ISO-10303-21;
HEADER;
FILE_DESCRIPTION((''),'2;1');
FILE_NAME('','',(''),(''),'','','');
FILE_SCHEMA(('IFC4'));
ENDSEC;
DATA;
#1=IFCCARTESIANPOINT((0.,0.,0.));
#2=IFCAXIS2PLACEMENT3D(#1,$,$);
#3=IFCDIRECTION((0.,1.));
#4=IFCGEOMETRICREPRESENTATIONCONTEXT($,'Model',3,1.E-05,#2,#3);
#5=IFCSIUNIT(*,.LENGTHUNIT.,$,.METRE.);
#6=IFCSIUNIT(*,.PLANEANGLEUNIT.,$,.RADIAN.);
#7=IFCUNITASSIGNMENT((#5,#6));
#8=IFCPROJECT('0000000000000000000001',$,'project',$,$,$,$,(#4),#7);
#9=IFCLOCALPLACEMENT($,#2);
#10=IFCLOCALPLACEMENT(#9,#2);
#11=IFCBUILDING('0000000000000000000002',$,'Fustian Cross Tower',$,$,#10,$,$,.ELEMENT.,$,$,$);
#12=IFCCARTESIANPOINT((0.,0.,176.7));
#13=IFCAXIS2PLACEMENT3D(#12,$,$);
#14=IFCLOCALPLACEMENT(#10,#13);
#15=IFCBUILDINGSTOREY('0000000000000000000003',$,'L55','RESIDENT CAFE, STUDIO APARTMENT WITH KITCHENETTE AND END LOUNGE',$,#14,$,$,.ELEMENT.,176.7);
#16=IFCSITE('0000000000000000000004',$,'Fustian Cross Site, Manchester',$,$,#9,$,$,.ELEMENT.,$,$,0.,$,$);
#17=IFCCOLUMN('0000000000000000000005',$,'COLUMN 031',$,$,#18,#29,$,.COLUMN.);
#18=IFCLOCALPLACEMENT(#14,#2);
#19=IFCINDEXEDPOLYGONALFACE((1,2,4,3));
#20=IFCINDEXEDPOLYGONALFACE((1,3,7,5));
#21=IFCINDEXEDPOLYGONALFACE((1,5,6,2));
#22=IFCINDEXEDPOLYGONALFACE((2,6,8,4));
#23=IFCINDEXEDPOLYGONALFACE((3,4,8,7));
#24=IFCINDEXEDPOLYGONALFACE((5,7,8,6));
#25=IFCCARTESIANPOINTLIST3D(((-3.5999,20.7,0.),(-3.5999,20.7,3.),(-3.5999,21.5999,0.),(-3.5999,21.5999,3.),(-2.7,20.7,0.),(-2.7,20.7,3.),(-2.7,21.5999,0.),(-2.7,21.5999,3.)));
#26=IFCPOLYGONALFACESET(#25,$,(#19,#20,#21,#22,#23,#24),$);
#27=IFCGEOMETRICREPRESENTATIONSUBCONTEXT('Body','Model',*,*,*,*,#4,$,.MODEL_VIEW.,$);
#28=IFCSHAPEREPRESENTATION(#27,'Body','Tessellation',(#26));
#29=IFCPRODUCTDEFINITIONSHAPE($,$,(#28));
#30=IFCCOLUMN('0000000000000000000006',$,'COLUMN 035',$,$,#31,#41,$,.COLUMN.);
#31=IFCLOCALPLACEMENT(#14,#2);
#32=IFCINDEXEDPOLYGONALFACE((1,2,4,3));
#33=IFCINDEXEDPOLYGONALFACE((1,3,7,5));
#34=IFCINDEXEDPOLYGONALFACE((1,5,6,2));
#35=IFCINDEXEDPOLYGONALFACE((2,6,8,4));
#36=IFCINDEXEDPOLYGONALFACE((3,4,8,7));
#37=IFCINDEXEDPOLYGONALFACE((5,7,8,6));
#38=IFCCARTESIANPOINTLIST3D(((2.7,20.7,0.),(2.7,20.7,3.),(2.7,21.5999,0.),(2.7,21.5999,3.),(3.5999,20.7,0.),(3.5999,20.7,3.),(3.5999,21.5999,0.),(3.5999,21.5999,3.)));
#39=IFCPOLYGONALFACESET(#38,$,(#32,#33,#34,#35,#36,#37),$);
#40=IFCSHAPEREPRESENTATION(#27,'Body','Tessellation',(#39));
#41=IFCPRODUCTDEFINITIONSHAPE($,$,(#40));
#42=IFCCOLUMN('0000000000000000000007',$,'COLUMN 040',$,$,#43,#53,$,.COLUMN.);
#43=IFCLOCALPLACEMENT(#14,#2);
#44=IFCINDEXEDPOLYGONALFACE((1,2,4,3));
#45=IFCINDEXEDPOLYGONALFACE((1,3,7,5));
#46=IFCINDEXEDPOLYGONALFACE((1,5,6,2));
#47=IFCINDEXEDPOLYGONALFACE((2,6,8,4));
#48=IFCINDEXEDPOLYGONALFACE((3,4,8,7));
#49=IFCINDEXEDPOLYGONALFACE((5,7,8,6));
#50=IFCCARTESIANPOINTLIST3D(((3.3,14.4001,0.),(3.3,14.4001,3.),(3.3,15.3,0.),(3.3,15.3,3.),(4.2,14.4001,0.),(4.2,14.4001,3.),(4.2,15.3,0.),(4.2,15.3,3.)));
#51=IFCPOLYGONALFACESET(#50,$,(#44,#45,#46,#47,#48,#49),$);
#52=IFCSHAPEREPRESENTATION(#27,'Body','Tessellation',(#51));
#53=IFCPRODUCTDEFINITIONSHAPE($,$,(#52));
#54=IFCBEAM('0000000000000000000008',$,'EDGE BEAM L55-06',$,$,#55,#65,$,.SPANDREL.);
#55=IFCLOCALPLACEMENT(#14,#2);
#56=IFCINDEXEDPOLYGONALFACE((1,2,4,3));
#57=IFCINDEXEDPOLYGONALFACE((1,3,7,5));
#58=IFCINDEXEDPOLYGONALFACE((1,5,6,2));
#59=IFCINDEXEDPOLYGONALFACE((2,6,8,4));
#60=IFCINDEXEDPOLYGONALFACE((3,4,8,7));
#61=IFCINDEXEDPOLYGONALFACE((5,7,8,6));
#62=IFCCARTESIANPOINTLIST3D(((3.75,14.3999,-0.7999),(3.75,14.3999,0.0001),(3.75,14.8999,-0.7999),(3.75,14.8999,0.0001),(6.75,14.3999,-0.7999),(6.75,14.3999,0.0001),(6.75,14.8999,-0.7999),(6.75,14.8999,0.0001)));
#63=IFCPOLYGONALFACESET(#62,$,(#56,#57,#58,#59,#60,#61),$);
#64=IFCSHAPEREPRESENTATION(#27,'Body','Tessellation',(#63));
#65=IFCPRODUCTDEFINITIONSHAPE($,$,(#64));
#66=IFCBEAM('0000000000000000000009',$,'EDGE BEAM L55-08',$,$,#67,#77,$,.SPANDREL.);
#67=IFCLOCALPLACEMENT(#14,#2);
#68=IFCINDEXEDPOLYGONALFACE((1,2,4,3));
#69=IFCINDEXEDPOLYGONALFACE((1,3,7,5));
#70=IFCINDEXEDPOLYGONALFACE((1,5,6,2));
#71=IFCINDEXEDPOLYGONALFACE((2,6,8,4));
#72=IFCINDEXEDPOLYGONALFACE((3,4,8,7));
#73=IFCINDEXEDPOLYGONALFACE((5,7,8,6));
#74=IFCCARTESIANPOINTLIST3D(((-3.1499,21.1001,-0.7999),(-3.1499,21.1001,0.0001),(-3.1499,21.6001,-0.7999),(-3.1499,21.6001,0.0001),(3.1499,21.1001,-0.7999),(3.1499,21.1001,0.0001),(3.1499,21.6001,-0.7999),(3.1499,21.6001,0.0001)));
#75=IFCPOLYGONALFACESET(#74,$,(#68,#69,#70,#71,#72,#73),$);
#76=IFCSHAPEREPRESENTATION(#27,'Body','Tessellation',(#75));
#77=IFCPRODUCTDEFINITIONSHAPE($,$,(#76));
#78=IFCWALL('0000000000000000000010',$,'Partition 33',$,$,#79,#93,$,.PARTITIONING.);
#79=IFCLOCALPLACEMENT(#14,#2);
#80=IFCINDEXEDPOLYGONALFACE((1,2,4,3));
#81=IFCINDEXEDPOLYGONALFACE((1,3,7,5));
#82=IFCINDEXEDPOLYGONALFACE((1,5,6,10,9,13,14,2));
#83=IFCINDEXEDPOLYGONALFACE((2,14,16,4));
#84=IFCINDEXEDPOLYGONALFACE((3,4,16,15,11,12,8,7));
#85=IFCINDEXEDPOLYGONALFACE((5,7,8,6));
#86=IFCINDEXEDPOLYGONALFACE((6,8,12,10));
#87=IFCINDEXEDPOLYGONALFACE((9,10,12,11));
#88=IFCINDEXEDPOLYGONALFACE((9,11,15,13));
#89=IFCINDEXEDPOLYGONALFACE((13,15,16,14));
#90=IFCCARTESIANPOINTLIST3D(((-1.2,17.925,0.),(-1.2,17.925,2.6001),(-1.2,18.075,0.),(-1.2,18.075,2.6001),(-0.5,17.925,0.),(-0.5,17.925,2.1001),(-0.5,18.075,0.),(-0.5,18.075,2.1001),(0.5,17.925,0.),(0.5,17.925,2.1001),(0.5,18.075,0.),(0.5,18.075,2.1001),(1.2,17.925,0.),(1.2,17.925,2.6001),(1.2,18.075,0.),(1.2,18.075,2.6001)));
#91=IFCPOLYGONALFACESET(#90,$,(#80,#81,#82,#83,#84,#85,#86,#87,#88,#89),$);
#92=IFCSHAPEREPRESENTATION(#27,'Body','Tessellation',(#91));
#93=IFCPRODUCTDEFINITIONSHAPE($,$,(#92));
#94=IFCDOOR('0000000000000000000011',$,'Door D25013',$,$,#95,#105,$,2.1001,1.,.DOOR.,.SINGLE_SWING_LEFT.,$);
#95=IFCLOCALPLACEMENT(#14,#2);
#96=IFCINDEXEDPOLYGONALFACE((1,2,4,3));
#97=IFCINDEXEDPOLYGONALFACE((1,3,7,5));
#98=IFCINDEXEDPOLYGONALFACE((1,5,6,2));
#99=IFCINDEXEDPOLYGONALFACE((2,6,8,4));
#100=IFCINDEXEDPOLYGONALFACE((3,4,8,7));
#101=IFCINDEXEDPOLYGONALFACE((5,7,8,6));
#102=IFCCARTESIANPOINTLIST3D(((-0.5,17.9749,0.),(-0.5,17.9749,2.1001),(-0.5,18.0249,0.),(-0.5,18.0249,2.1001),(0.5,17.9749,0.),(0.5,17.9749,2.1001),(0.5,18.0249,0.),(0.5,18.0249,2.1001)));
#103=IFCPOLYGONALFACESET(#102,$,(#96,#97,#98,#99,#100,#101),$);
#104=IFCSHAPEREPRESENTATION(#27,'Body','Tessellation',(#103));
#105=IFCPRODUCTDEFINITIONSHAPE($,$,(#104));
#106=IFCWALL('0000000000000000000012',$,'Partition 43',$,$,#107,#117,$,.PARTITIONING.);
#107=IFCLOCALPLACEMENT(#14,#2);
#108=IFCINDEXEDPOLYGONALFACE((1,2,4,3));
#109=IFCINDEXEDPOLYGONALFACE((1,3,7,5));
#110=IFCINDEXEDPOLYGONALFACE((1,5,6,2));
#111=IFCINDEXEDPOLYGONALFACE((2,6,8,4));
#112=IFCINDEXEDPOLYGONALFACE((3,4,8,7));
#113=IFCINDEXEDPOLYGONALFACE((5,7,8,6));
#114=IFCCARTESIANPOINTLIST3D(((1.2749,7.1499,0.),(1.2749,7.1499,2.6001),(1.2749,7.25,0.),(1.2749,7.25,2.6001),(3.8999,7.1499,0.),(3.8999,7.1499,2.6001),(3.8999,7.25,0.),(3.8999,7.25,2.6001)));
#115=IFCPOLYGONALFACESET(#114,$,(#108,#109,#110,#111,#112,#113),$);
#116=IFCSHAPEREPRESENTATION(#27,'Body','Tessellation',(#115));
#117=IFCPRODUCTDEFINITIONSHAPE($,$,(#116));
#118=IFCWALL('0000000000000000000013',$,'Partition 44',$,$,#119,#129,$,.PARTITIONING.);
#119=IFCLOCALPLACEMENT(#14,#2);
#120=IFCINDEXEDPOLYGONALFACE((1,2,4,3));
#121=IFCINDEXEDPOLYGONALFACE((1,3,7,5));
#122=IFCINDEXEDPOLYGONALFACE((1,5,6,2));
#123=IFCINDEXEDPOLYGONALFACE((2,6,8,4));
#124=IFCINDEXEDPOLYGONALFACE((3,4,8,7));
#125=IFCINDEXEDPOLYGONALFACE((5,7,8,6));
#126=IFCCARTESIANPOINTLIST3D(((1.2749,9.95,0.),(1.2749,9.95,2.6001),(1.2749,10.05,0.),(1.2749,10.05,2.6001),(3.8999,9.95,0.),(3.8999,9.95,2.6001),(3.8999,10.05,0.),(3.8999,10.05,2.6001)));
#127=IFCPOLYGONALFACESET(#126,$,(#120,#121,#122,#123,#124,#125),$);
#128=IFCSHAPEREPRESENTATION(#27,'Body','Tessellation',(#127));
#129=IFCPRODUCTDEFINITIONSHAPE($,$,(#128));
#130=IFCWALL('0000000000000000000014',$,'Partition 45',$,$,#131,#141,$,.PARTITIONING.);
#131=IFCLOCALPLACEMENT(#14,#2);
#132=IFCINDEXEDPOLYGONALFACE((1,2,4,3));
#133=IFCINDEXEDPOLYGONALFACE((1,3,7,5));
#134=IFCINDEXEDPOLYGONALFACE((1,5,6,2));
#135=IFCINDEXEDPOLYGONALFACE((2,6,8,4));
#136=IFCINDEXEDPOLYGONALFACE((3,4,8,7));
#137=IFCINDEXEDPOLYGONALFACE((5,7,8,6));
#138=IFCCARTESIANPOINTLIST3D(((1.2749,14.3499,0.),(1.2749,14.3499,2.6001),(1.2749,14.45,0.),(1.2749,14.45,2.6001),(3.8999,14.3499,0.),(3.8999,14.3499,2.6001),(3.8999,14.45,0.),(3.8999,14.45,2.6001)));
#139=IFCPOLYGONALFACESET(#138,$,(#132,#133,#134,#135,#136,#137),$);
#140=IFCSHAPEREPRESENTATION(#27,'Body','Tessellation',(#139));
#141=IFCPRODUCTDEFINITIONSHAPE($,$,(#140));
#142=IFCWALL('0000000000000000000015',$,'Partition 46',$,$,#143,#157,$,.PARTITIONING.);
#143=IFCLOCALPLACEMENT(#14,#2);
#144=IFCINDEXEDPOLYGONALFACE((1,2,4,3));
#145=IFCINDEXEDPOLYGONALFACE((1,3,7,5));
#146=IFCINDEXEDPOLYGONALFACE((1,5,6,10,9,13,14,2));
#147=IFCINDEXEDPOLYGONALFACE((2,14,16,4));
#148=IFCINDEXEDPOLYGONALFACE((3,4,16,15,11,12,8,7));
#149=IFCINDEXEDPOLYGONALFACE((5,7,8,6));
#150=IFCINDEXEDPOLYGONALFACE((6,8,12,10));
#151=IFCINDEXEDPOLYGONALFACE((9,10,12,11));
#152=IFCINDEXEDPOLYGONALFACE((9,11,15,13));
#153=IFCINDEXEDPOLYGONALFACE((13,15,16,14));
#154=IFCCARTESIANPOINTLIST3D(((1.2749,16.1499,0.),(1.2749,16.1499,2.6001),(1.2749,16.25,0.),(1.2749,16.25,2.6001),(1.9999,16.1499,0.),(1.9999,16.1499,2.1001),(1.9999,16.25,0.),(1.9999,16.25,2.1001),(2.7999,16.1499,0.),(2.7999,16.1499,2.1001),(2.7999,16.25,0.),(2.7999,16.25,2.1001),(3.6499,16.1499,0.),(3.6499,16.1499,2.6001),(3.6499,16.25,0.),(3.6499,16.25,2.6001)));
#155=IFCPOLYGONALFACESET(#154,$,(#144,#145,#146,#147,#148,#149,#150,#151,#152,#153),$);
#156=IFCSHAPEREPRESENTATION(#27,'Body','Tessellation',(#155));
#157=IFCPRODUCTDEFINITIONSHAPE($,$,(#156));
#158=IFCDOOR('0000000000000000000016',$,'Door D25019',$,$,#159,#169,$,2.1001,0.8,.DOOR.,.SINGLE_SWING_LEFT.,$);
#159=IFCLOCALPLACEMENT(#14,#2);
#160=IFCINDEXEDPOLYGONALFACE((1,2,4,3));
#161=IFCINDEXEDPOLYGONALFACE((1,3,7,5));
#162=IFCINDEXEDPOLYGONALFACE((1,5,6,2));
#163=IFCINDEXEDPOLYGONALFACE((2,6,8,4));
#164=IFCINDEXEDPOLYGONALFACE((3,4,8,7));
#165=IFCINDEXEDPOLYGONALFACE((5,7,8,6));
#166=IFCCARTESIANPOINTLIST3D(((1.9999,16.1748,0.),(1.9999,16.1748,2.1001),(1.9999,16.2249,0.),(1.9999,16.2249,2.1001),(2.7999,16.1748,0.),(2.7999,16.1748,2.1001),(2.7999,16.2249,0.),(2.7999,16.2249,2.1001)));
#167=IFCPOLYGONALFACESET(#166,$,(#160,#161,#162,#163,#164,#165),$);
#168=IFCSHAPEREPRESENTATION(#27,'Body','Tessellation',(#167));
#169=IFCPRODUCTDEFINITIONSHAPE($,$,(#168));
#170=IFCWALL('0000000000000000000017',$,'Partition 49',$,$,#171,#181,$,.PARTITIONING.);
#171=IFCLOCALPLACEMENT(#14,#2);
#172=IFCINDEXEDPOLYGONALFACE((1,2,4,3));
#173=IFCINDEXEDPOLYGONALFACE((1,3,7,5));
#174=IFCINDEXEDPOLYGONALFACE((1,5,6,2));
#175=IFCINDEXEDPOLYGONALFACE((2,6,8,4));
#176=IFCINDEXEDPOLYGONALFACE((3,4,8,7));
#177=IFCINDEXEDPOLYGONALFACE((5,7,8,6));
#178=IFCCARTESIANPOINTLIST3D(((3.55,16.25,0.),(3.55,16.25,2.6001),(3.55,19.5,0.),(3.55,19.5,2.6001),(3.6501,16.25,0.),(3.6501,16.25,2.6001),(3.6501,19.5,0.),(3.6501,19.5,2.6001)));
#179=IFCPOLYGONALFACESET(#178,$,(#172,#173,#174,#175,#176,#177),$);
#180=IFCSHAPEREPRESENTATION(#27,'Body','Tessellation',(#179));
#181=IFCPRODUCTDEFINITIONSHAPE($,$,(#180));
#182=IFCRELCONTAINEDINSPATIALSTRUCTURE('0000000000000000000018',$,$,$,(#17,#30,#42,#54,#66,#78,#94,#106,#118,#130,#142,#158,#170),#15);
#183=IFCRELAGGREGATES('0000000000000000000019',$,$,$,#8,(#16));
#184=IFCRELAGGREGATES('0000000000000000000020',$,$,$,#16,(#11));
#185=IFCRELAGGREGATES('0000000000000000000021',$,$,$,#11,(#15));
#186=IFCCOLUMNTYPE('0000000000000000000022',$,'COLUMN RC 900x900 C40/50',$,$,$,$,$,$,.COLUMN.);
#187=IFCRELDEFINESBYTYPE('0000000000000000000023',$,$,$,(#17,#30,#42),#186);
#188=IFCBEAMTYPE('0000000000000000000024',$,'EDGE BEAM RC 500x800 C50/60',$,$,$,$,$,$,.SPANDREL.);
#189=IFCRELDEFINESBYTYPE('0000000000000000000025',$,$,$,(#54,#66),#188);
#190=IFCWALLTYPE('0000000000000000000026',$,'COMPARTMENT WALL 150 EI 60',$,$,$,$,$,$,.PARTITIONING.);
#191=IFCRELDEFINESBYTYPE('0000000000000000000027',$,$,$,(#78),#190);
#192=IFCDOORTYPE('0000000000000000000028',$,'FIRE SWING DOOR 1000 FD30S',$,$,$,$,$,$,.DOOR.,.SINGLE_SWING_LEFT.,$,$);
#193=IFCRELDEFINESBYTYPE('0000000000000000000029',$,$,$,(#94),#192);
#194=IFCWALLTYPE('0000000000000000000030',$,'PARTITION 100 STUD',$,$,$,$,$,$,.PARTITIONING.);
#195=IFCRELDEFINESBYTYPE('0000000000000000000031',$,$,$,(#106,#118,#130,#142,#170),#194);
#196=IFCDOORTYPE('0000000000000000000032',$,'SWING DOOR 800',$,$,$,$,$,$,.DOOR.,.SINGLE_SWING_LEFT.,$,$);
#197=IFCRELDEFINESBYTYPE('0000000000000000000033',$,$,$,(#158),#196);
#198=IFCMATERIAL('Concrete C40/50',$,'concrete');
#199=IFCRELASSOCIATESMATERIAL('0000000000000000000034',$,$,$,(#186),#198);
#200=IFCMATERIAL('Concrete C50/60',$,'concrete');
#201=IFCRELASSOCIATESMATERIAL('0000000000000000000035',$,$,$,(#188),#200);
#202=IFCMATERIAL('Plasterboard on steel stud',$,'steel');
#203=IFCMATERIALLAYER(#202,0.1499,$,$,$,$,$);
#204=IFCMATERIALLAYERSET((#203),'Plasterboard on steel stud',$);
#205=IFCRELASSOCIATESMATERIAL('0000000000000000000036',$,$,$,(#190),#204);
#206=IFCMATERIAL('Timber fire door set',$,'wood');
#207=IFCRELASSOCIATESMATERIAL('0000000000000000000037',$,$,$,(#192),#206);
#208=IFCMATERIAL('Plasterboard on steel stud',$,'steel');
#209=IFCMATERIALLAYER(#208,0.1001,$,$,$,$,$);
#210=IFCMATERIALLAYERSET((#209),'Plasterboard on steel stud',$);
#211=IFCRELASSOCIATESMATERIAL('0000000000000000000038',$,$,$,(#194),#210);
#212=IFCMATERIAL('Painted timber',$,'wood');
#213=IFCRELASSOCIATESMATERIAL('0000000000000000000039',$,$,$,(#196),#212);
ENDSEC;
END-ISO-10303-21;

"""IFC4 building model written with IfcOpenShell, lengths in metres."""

from ifc_helpers import new_model, si_unit, direction, frame, frame_2d, origin, origin_2d, place, context, subcontext, project, spatial, rectangle, extrude, material, layer, layer_set, material_profile, profile_set, type_object, element, fill, save


model = new_model("IFC4")

# Units and contexts
model_context = context("Model", 3, precision=1e-05, world=origin(), true_north=direction((0.0, 1.0)))
body_context = subcontext(model_context, "Body", "Model", "MODEL_VIEW")
ifc_project = project(units=[si_unit("LENGTHUNIT", "METRE"), si_unit("PLANEANGLEUNIT", "RADIAN")], contexts=[model_context])

# Site, building, storey
site_placement = place(None, origin())
site = spatial("IfcSite", under=ifc_project, at=site_placement, Name="Fustian Cross Site, Manchester", CompositionType="ELEMENT", RefElevation=0.0)
building_placement = place(site_placement, origin())
building = spatial("IfcBuilding", under=site, at=building_placement, Name="Fustian Cross Tower", CompositionType="ELEMENT")
storey_placement = place(building_placement, frame((0.0, 0.0, 176.7)))
storey = spatial("IfcBuildingStorey", under=building, at=storey_placement, Name="L55", Description="RESIDENT CAFE, STUDIO APARTMENT WITH KITCHENETTE AND END LOUNGE", CompositionType="ELEMENT", Elevation=176.7)

# Columns
ifc_material_1 = material(Name="Concrete C40/50", Category="concrete")
ifc_material_profile_1 = material_profile(ifc_material_1, rectangle(XDim=0.8999, YDim=0.8999, at=origin_2d()), Name="RC 900x900")
ifc_profile_set_1 = profile_set([ifc_material_profile_1], Name="Concrete C40/50")
column_type = type_object("IfcColumnType", Name="COLUMN RC 900x900 C40/50", PredefinedType="COLUMN", material=ifc_profile_set_1)
for number, where, z_axis, x_axis, name in (
    (1, (-3.1499, 21.1499, 0.0), (0.0, 0.0, 1.0), (1.0, 0.0, 0.0), "COLUMN 031"),
    (2, (3.1499, 21.1499, 0.0), (0.0, 0.0, 1.0), (1.0, 0.0, 0.0), "COLUMN 035"),
    (3, (3.75, 14.8501, 0.0), (0.0, 0.0, 1.0), (1.0, 0.0, 0.0), "COLUMN 040"),
):
    element("IfcColumn", number, at=place(storey_placement, frame(where, z_axis=z_axis, x_axis=x_axis)), inside=storey, type_object=column_type, Name=name, PredefinedType="COLUMN", context=body_context, shape_type="SweptSolid", body=[
        extrude(rectangle(XDim=0.8999, YDim=0.8999, at=origin_2d()), origin(), (0.0, 0.0, 1.0), 3.0),
    ])

# Beams
ifc_material_2 = material(Name="Concrete C50/60", Category="concrete")
ifc_material_profile_2 = material_profile(ifc_material_2, rectangle(XDim=0.5, YDim=0.8, at=origin_2d()), Name="RC 500x800")
ifc_profile_set_2 = profile_set([ifc_material_profile_2], Name="Concrete C50/60")
beam_type = type_object("IfcBeamType", Name="EDGE BEAM RC 500x800 C50/60", PredefinedType="SPANDREL", material=ifc_profile_set_2)
beam_1_placement = place(storey_placement, frame((3.75, 14.6499, -0.3999), z_axis=(1.0, 0.0, 0.0), x_axis=(0.0, 1.0, 0.0)))
element("IfcBeam", 4, at=beam_1_placement, inside=storey, type_object=beam_type, Name="EDGE BEAM L55-06", PredefinedType="SPANDREL", context=body_context, shape_type="SweptSolid", body=[
    extrude(rectangle(XDim=0.5, YDim=0.8, at=origin_2d()), origin(), (0.0, 0.0, 1.0), 3.0),
])
beam_2_placement = place(storey_placement, frame((3.1499, 21.3501, -0.3999), z_axis=(-1.0, 0.0, 0.0), x_axis=(0.0, -1.0, 0.0)))
element("IfcBeam", 5, at=beam_2_placement, inside=storey, type_object=beam_type, Name="EDGE BEAM L55-08", PredefinedType="SPANDREL", context=body_context, shape_type="SweptSolid", body=[
    extrude(rectangle(XDim=0.5, YDim=0.8, at=origin_2d()), origin(), (0.0, 0.0, 1.0), 6.2998),
])

# Wall, opening, door
ifc_material_3 = material(Name="Plasterboard on steel stud", Category="steel")
ifc_layer_1 = layer(ifc_material_3, 0.1499)
ifc_layer_set_1 = layer_set([ifc_layer_1], Name="Plasterboard on steel stud")
wall_type_1 = type_object("IfcWallType", Name="COMPARTMENT WALL 150 EI 60", PredefinedType="PARTITIONING", material=ifc_layer_set_1)
wall_1_placement = place(storey_placement, frame((-1.2, 18.0, 0.0), z_axis=(0.0, 0.0, 1.0), x_axis=(1.0, 0.0, 0.0)))
wall_1 = element("IfcWall", 6, at=wall_1_placement, inside=storey, type_object=wall_type_1, Name="Partition 33", PredefinedType="PARTITIONING", context=body_context, shape_type="SweptSolid", body=[
    extrude(rectangle(XDim=2.3999, YDim=0.1499, at=frame_2d((1.2, 0.0))), origin(), (0.0, 0.0, 1.0), 2.6001),
])
opening_1_placement = place(wall_1_placement, frame((0.7, 0.0, 0.0)))
opening_1 = element("IfcOpeningElement", 7, at=opening_1_placement, cuts=wall_1, PredefinedType="OPENING", context=body_context, shape_type="SweptSolid", body=[
    extrude(rectangle(XDim=1.0, YDim=2.1001, at=frame_2d((0.5, 1.05))), frame((0.0, 0.085, 0.0), z_axis=(0.0, -1.0, 0.0), x_axis=(1.0, 0.0, 0.0)), (0.0, 0.0, 1.0), 0.1699),
])
ifc_material_4 = material(Name="Timber fire door set", Category="wood")
door_type_1 = type_object("IfcDoorType", Name="FIRE SWING DOOR 1000 FD30S", OperationType="SINGLE_SWING_LEFT", PredefinedType="DOOR", material=ifc_material_4)
door_1_placement = place(opening_1_placement, origin())
door_1 = element("IfcDoor", 8, at=door_1_placement, inside=storey, type_object=door_type_1, Name="Door D25013", OperationType="SINGLE_SWING_LEFT", OverallHeight=2.1001, OverallWidth=1.0, PredefinedType="DOOR", context=body_context, shape_type="SweptSolid", body=[
    extrude(rectangle(XDim=1.0, YDim=2.1001, at=frame_2d((0.5, 1.05))), frame((0.0, 0.0249, 0.0), z_axis=(0.0, -1.0, 0.0), x_axis=(1.0, 0.0, 0.0)), (0.0, 0.0, 1.0), 0.05),
])
fill(opening_1, door_1)

# Walls
ifc_material_5 = material(Name="Plasterboard on steel stud", Category="steel")
ifc_layer_2 = layer(ifc_material_5, 0.1001)
ifc_layer_set_2 = layer_set([ifc_layer_2], Name="Plasterboard on steel stud")
wall_type_2 = type_object("IfcWallType", Name="PARTITION 100 STUD", PredefinedType="PARTITIONING", material=ifc_layer_set_2)
for number, where, z_axis, x_axis, name in (
    (9, (1.2749, 7.2, 0.0), (0.0, 0.0, 1.0), (1.0, 0.0, 0.0), "Partition 43"),
    (10, (1.2749, 10.0, 0.0), (0.0, 0.0, 1.0), (1.0, 0.0, 0.0), "Partition 44"),
    (11, (1.2749, 14.3999, 0.0), (0.0, 0.0, 1.0), (1.0, 0.0, 0.0), "Partition 45"),
):
    element("IfcWall", number, at=place(storey_placement, frame(where, z_axis=z_axis, x_axis=x_axis)), inside=storey, type_object=wall_type_2, Name=name, PredefinedType="PARTITIONING", context=body_context, shape_type="SweptSolid", body=[
        extrude(rectangle(XDim=2.625, YDim=0.1001, at=frame_2d((1.3125, 0.0))), origin(), (0.0, 0.0, 1.0), 2.6001),
    ])

# Wall, opening, door
wall_2_placement = place(storey_placement, frame((1.2749, 16.2, 0.0), z_axis=(0.0, 0.0, 1.0), x_axis=(1.0, 0.0, 0.0)))
wall_2 = element("IfcWall", 12, at=wall_2_placement, inside=storey, type_object=wall_type_2, Name="Partition 46", PredefinedType="PARTITIONING", context=body_context, shape_type="SweptSolid", body=[
    extrude(rectangle(XDim=2.375, YDim=0.1001, at=frame_2d((1.1875, 0.0))), origin(), (0.0, 0.0, 1.0), 2.6001),
])
opening_2_placement = place(wall_2_placement, frame((0.7251, 0.0, 0.0)))
opening_2 = element("IfcOpeningElement", 13, at=opening_2_placement, cuts=wall_2, PredefinedType="OPENING", context=body_context, shape_type="SweptSolid", body=[
    extrude(rectangle(XDim=0.8, YDim=2.1001, at=frame_2d((0.3999, 1.05))), frame((0.0, 0.0601, 0.0), z_axis=(0.0, -1.0, 0.0), x_axis=(1.0, 0.0, 0.0)), (0.0, 0.0, 1.0), 0.1201),
])
ifc_material_6 = material(Name="Painted timber", Category="wood")
door_type_2 = type_object("IfcDoorType", Name="SWING DOOR 800", OperationType="SINGLE_SWING_LEFT", PredefinedType="DOOR", material=ifc_material_6)
door_2_placement = place(opening_2_placement, origin())
door_2 = element("IfcDoor", 14, at=door_2_placement, inside=storey, type_object=door_type_2, Name="Door D25019", OperationType="SINGLE_SWING_LEFT", OverallHeight=2.1001, OverallWidth=0.8, PredefinedType="DOOR", context=body_context, shape_type="SweptSolid", body=[
    extrude(rectangle(XDim=0.8, YDim=2.1001, at=frame_2d((0.3999, 1.05))), frame((0.0, 0.0249, 0.0), z_axis=(0.0, -1.0, 0.0), x_axis=(1.0, 0.0, 0.0)), (0.0, 0.0, 1.0), 0.05),
])
fill(opening_2, door_2)

# Wall
wall_3_placement = place(storey_placement, frame((3.6001, 16.25, 0.0), z_axis=(0.0, 0.0, 1.0), x_axis=(0.0, 1.0, 0.0)))
element("IfcWall", 15, at=wall_3_placement, inside=storey, type_object=wall_type_2, Name="Partition 49", PredefinedType="PARTITIONING", context=body_context, shape_type="SweptSolid", body=[
    extrude(rectangle(XDim=3.25, YDim=0.1001, at=frame_2d((1.625, 0.0))), origin(), (0.0, 0.0, 1.0), 2.6001),
])

save(model, "model.ifc")
